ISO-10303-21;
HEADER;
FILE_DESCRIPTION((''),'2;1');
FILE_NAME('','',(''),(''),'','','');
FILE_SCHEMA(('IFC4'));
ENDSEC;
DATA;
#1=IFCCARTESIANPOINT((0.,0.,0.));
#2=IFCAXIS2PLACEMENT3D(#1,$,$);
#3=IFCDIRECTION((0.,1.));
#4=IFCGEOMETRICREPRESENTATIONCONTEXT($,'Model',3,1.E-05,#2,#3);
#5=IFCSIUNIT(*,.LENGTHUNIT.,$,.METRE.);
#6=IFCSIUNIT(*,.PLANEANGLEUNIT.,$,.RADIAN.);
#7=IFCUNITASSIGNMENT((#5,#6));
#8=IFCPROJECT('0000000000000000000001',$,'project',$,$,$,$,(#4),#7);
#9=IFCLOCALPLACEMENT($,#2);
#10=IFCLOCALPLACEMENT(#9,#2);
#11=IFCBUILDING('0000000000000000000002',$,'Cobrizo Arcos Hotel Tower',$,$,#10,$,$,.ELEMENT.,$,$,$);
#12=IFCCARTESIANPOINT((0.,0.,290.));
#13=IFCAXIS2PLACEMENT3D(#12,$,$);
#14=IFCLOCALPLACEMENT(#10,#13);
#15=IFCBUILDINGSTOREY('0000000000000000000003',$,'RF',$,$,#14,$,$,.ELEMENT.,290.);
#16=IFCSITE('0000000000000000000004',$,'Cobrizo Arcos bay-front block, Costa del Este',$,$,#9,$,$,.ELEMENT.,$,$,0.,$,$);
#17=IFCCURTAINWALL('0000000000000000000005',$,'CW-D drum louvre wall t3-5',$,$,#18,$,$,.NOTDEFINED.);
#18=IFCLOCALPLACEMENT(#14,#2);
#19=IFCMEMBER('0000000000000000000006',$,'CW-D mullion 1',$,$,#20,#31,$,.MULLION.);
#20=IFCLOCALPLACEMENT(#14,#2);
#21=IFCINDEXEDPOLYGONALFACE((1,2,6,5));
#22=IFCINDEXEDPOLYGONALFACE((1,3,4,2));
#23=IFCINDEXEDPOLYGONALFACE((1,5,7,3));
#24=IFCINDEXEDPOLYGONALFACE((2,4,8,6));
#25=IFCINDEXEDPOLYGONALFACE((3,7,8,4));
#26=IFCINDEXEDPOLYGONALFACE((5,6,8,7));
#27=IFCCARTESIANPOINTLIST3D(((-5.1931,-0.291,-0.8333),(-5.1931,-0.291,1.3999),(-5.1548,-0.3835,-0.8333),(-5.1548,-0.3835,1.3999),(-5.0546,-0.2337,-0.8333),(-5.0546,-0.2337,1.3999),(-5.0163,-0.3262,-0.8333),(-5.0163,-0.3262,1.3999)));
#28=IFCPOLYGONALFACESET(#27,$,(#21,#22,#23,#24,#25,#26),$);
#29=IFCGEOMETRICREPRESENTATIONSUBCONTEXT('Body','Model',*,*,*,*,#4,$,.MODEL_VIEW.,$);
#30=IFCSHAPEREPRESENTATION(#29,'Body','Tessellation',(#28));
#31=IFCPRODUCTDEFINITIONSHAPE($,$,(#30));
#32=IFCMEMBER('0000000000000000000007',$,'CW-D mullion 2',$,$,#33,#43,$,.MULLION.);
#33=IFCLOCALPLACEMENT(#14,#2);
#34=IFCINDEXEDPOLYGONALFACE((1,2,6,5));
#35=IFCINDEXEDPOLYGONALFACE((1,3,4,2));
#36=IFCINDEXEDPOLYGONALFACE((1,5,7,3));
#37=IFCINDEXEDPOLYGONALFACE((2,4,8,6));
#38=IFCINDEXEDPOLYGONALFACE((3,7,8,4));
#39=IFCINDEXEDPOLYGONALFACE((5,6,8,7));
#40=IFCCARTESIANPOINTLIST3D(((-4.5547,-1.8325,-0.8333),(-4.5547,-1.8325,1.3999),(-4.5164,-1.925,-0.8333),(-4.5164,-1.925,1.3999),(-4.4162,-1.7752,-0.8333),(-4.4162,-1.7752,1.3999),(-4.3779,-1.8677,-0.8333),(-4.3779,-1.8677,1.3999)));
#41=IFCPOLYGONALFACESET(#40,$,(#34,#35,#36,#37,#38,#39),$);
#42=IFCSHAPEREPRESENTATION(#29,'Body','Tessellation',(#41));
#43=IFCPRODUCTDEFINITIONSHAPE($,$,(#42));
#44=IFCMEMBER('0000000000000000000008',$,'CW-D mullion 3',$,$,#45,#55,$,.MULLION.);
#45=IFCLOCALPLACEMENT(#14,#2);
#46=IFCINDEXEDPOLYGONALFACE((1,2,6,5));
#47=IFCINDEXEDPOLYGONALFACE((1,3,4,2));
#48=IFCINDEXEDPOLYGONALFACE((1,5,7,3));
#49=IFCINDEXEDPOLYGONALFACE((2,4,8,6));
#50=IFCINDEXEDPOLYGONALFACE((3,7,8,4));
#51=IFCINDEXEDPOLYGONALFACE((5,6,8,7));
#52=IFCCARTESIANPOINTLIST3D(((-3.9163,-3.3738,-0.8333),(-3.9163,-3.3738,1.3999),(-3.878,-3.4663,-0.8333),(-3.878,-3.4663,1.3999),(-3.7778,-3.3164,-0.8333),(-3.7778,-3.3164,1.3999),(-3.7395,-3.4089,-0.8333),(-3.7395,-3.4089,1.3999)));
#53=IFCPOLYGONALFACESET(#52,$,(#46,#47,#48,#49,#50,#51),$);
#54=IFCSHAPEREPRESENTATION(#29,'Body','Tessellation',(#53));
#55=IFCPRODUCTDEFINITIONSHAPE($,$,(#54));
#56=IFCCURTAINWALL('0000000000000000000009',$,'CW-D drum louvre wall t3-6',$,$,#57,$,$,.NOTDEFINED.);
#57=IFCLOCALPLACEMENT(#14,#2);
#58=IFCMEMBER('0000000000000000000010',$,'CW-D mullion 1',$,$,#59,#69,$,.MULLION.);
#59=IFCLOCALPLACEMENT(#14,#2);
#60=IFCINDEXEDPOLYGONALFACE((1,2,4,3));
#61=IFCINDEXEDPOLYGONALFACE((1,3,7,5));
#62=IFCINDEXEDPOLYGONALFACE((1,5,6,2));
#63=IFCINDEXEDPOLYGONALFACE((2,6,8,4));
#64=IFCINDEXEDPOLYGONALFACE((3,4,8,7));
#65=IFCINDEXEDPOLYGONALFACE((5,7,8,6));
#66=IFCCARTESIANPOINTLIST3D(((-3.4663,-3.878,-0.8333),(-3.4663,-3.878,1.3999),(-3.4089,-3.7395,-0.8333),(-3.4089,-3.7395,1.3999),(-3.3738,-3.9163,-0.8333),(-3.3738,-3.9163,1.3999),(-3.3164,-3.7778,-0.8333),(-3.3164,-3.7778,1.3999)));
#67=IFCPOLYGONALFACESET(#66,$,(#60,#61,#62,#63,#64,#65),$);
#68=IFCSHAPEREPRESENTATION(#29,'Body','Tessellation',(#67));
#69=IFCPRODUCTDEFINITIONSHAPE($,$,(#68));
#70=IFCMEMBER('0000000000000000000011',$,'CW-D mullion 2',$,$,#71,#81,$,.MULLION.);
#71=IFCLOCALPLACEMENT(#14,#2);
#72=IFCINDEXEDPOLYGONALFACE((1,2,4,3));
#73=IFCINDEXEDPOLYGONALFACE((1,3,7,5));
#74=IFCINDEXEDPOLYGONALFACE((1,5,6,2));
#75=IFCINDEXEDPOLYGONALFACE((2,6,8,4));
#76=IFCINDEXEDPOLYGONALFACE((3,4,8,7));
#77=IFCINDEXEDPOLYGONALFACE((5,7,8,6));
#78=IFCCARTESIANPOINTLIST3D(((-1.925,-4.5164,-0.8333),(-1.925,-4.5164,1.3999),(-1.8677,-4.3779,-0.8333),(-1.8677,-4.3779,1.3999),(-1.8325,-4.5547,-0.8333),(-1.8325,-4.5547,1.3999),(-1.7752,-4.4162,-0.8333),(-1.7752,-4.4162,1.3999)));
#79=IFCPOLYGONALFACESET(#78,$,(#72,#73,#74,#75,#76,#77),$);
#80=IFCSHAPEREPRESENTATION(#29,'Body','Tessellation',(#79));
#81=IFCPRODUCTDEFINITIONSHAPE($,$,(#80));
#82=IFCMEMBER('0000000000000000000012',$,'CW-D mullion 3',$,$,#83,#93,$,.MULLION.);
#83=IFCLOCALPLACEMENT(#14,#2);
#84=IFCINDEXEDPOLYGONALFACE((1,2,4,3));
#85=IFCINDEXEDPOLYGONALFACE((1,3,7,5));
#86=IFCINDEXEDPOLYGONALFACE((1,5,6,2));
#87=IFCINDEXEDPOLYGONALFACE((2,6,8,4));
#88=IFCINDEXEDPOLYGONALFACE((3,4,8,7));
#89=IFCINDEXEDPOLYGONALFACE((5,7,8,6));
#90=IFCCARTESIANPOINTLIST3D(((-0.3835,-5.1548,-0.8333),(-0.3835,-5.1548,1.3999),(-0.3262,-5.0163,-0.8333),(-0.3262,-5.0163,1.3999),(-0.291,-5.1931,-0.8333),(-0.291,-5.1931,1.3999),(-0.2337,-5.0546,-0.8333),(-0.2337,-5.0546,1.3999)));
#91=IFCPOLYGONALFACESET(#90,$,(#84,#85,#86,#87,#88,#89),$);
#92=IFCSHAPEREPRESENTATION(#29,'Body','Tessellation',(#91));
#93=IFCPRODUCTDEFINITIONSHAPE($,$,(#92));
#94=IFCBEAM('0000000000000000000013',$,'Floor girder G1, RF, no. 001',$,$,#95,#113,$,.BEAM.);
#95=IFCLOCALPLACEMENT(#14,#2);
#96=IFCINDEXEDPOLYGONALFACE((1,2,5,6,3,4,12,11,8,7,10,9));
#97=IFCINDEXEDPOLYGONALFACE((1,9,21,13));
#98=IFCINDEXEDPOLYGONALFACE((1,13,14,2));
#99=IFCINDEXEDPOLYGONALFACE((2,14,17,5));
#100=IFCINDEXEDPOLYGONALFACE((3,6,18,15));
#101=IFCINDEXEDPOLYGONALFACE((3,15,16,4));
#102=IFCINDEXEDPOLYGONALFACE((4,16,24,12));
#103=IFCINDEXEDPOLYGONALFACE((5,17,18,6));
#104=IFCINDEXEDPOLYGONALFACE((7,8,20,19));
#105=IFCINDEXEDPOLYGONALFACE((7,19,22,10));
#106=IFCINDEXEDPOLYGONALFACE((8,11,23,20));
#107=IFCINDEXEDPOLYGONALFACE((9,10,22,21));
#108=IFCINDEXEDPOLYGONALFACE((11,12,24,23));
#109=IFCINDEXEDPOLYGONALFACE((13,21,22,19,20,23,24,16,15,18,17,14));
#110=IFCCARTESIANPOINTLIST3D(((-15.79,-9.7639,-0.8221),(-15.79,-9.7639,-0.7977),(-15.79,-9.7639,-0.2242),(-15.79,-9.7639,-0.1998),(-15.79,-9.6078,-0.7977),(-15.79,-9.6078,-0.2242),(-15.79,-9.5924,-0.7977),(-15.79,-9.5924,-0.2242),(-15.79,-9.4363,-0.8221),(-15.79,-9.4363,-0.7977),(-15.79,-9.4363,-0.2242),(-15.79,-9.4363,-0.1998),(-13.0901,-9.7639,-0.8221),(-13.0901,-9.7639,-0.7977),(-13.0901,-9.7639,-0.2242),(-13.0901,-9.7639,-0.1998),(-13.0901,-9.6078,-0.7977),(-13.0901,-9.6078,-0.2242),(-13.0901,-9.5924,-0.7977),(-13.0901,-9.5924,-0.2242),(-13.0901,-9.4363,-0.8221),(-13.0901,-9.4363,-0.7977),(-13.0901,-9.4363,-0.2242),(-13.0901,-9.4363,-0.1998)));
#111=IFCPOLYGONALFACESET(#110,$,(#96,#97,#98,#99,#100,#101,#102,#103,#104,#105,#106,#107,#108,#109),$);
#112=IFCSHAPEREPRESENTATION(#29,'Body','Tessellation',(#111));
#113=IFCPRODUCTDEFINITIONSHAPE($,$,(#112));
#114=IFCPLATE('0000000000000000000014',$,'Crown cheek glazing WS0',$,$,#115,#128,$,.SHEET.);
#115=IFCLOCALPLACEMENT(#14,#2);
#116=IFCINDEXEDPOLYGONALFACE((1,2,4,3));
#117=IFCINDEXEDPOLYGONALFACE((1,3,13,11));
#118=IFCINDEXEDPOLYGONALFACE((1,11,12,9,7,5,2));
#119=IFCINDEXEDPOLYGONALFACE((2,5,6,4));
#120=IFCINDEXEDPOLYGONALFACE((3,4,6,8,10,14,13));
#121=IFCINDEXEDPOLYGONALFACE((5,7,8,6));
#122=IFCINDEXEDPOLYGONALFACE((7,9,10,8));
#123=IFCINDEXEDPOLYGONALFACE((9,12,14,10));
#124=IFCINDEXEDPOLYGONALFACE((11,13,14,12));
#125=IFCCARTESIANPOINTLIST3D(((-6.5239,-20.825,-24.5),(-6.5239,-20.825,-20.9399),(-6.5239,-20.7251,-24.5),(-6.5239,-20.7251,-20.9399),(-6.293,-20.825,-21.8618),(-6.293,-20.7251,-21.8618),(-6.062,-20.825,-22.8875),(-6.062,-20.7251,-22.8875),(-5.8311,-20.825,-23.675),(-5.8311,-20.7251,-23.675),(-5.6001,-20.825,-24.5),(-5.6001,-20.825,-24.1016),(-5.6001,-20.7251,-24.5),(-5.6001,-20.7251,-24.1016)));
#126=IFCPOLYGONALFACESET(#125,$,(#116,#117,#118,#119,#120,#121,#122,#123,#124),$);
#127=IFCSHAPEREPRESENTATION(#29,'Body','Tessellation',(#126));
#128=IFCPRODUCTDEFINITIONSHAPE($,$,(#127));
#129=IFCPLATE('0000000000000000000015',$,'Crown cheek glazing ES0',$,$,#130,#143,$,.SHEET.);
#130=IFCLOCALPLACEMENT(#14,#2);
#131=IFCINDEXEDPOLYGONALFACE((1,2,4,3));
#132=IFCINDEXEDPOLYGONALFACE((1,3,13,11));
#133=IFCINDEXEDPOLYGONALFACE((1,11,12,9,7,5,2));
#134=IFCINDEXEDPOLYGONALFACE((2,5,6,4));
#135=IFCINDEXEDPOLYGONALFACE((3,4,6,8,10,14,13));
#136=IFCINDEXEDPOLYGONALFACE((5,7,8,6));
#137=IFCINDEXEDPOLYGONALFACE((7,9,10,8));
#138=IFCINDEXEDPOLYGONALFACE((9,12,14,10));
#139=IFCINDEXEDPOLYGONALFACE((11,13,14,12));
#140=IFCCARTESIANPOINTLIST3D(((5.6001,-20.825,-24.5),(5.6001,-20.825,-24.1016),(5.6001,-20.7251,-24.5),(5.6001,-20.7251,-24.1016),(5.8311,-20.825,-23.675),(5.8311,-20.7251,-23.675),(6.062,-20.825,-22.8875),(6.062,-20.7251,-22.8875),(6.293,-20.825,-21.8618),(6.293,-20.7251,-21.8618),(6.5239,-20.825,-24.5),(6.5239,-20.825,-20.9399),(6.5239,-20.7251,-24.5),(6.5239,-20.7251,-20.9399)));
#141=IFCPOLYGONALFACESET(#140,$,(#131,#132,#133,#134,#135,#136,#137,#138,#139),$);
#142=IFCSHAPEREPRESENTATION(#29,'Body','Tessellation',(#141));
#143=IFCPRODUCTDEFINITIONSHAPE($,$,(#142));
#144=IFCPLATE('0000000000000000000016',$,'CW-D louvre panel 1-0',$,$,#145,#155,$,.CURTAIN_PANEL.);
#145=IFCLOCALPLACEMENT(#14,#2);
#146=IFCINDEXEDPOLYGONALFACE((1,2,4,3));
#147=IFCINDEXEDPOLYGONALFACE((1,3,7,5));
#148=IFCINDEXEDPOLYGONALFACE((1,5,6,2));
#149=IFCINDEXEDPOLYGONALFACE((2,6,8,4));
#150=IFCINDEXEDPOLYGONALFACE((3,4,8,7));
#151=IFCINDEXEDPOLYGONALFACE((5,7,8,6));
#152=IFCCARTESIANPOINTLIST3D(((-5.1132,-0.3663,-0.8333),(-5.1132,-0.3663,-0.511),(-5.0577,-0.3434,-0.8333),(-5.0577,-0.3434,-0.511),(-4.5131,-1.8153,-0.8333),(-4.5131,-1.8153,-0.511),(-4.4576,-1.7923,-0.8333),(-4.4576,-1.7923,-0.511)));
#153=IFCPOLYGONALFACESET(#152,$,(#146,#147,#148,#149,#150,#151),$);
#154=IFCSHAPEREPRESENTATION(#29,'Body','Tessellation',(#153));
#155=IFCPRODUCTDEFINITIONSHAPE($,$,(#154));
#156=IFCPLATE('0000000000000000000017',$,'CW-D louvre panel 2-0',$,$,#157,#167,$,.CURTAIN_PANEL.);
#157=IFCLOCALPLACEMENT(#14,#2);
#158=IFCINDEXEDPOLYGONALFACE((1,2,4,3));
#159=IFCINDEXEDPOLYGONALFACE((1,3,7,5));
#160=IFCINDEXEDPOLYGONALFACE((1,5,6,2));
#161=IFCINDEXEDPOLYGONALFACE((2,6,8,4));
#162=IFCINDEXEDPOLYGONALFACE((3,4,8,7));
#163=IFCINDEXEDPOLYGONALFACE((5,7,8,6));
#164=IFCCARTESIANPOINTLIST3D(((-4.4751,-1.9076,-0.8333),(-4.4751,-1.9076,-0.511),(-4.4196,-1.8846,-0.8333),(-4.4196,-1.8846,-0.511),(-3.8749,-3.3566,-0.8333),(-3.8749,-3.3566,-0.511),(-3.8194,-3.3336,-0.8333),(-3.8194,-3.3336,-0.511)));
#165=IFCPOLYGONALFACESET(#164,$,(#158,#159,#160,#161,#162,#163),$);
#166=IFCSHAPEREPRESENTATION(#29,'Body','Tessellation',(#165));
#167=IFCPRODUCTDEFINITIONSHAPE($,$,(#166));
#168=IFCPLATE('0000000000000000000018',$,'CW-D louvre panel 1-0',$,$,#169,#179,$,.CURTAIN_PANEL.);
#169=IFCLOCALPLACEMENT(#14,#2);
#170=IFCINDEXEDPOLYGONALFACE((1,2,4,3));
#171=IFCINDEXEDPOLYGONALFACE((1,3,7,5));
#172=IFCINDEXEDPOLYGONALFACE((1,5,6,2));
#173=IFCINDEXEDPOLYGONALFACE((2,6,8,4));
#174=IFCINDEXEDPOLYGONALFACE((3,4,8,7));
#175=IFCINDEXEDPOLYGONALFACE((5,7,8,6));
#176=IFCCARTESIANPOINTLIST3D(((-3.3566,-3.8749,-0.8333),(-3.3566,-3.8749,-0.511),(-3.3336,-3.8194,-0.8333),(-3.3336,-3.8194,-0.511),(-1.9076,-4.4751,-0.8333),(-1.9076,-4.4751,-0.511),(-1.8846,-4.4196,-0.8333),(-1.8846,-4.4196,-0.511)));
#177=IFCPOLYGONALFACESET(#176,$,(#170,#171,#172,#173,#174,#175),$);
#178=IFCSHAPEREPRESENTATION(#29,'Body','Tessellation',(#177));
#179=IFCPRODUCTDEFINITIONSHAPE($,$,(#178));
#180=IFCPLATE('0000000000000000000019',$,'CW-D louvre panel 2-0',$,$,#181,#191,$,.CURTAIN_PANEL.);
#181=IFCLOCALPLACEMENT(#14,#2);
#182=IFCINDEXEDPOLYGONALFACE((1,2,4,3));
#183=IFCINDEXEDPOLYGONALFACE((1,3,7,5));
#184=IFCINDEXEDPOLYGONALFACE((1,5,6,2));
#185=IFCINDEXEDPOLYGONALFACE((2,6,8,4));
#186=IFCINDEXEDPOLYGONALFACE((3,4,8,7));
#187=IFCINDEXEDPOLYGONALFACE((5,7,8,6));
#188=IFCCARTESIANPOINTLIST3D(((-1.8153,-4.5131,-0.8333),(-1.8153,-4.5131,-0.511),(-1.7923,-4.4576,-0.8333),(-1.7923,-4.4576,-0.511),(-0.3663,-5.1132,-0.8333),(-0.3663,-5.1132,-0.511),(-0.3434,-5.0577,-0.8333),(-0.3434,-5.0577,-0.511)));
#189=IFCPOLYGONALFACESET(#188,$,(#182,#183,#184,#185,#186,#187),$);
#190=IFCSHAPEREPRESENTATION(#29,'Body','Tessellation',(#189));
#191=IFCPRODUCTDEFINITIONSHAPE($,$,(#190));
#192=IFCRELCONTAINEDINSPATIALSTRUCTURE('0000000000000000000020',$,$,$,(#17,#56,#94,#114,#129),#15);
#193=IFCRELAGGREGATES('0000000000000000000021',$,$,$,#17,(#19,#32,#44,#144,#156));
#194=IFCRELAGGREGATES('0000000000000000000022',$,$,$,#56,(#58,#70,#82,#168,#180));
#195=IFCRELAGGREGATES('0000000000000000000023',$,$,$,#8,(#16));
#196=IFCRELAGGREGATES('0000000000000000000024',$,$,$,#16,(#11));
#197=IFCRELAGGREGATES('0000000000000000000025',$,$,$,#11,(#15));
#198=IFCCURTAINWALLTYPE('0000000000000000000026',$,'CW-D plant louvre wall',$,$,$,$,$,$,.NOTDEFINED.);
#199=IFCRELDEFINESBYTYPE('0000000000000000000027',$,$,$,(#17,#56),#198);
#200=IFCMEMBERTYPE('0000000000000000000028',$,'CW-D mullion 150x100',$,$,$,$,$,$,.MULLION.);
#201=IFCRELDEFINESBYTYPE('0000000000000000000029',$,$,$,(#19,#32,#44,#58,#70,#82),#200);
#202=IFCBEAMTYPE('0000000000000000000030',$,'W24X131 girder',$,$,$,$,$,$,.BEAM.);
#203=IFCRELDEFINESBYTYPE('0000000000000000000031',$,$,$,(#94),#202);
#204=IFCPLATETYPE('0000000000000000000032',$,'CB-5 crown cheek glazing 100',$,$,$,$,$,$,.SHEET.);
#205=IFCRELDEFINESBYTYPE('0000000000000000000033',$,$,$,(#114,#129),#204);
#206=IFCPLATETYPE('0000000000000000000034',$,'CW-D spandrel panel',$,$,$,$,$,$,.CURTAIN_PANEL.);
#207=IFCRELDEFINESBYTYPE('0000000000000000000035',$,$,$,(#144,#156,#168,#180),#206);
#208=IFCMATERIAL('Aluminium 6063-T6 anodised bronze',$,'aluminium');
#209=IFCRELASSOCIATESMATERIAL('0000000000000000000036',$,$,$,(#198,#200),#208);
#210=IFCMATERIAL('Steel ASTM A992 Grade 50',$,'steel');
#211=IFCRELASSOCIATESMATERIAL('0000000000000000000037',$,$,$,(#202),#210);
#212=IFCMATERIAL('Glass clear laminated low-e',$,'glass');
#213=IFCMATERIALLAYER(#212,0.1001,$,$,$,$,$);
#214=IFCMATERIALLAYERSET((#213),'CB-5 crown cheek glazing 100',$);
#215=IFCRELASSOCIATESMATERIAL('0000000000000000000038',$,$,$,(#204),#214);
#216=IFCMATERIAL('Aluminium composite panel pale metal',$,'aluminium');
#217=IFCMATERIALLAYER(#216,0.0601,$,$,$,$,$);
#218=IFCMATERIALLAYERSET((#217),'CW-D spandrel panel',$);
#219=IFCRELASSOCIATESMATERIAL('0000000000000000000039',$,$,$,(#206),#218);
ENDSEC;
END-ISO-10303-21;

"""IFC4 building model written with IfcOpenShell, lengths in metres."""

from ifc_helpers import new_model, si_unit, direction, frame, origin, origin_2d, place, context, subcontext, project, spatial, polyline, rectangle, i_section, outline, extrude, material, layer, layer_set, material_profile, profile_set, type_object, element, aggregate, save


model = new_model("IFC4")

# Units and contexts
model_context = context("Model", 3, precision=1e-05, world=origin(), true_north=direction((0.0, 1.0)))
body_context = subcontext(model_context, "Body", "Model", "MODEL_VIEW")
ifc_project = project(units=[si_unit("LENGTHUNIT", "METRE"), si_unit("PLANEANGLEUNIT", "RADIAN")], contexts=[model_context])

# Site, building, storey
site_placement = place(None, origin())
site = spatial("IfcSite", under=ifc_project, at=site_placement, Name="Cobrizo Arcos bay-front block, Costa del Este", CompositionType="ELEMENT", RefElevation=0.0)
building_placement = place(site_placement, origin())
building = spatial("IfcBuilding", under=site, at=building_placement, Name="Cobrizo Arcos Hotel Tower", CompositionType="ELEMENT")
storey_placement = place(building_placement, frame((0.0, 0.0, 290.0)))
storey = spatial("IfcBuildingStorey", under=building, at=storey_placement, Name="RF", CompositionType="ELEMENT", Elevation=290.0)

# Curtain walls, members
ifc_material_1 = material(Name="Aluminium 6063-T6 anodised bronze", Category="aluminium")
curtain_wall_type = type_object("IfcCurtainWallType", Name="CW-D plant louvre wall", PredefinedType="NOTDEFINED", material=ifc_material_1)
curtain_wall_1_placement = place(storey_placement, origin())
curtain_wall_1 = element("IfcCurtainWall", 1, at=curtain_wall_1_placement, inside=storey, type_object=curtain_wall_type, Name="CW-D drum louvre wall t3-5", PredefinedType="NOTDEFINED")
ifc_material_profile_1 = material_profile(ifc_material_1, rectangle(XDim=0.1499, YDim=0.1001, at=origin_2d()), Name="CW-D mullion 150x100")
ifc_profile_set_1 = profile_set([ifc_material_profile_1], Name="Aluminium 6063-T6 anodised bronze")
member_type = type_object("IfcMemberType", Name="CW-D mullion 150x100", PredefinedType="MULLION", material=ifc_profile_set_1)
member_1_placement = place(storey_placement, frame((-5.1047, -0.3086, -0.8333), z_axis=(0.0, 0.0, 1.0), x_axis=(-0.92388, -0.382683, 0.0)))
member_1 = element("IfcMember", 2, at=member_1_placement, type_object=member_type, Name="CW-D mullion 1", PredefinedType="MULLION", context=body_context, shape_type="SweptSolid", body=[
    extrude(rectangle(XDim=0.1499, YDim=0.1001, at=origin_2d()), origin(), (0.0, 0.0, 1.0), 2.2332),
])
member_2_placement = place(storey_placement, frame((-4.4663, -1.8501, -0.8333), z_axis=(0.0, 0.0, 1.0), x_axis=(-0.92388, -0.382683, 0.0)))
member_2 = element("IfcMember", 3, at=member_2_placement, type_object=member_type, Name="CW-D mullion 2", PredefinedType="MULLION", context=body_context, shape_type="SweptSolid", body=[
    extrude(rectangle(XDim=0.1499, YDim=0.1001, at=origin_2d()), origin(), (0.0, 0.0, 1.0), 2.2332),
])
member_3_placement = place(storey_placement, frame((-3.8279, -3.3914, -0.8333), z_axis=(0.0, 0.0, 1.0), x_axis=(-0.92388, -0.382683, 0.0)))
member_3 = element("IfcMember", 4, at=member_3_placement, type_object=member_type, Name="CW-D mullion 3", PredefinedType="MULLION", context=body_context, shape_type="SweptSolid", body=[
    extrude(rectangle(XDim=0.1499, YDim=0.1001, at=origin_2d()), origin(), (0.0, 0.0, 1.0), 2.2332),
])
curtain_wall_2_placement = place(storey_placement, origin())
curtain_wall_2 = element("IfcCurtainWall", 5, at=curtain_wall_2_placement, inside=storey, type_object=curtain_wall_type, Name="CW-D drum louvre wall t3-6", PredefinedType="NOTDEFINED")
member_4_placement = place(storey_placement, frame((-3.3914, -3.8279, -0.8333), z_axis=(0.0, 0.0, 1.0), x_axis=(-0.382683, -0.92388, 0.0)))
member_4 = element("IfcMember", 6, at=member_4_placement, type_object=member_type, Name="CW-D mullion 1", PredefinedType="MULLION", context=body_context, shape_type="SweptSolid", body=[
    extrude(rectangle(XDim=0.1499, YDim=0.1001, at=origin_2d()), origin(), (0.0, 0.0, 1.0), 2.2332),
])
member_5_placement = place(storey_placement, frame((-1.8501, -4.4663, -0.8333), z_axis=(0.0, 0.0, 1.0), x_axis=(-0.382683, -0.92388, 0.0)))
member_5 = element("IfcMember", 7, at=member_5_placement, type_object=member_type, Name="CW-D mullion 2", PredefinedType="MULLION", context=body_context, shape_type="SweptSolid", body=[
    extrude(rectangle(XDim=0.1499, YDim=0.1001, at=origin_2d()), origin(), (0.0, 0.0, 1.0), 2.2332),
])
member_6_placement = place(storey_placement, frame((-0.3086, -5.1047, -0.8333), z_axis=(0.0, 0.0, 1.0), x_axis=(-0.382683, -0.92388, 0.0)))
member_6 = element("IfcMember", 8, at=member_6_placement, type_object=member_type, Name="CW-D mullion 3", PredefinedType="MULLION", context=body_context, shape_type="SweptSolid", body=[
    extrude(rectangle(XDim=0.1499, YDim=0.1001, at=origin_2d()), origin(), (0.0, 0.0, 1.0), 2.2332),
])

# Beam
ifc_material_2 = material(Name="Steel ASTM A992 Grade 50", Category="steel")
ifc_material_profile_2 = material_profile(ifc_material_2, i_section(OverallWidth=0.3276, OverallDepth=0.6223, WebThickness=0.0154, FlangeThickness=0.0244, at=origin_2d()), Name="W24X131")
ifc_profile_set_2 = profile_set([ifc_material_profile_2], Name="Steel ASTM A992 Grade 50")
beam_type = type_object("IfcBeamType", Name="W24X131 girder", PredefinedType="BEAM", material=ifc_profile_set_2)
beam_placement = place(storey_placement, frame((-15.79, -9.6001, -0.511), z_axis=(1.0, 0.0, 0.0), x_axis=(0.0, 1.0, 0.0)))
element("IfcBeam", 9, at=beam_placement, inside=storey, type_object=beam_type, Name="Floor girder G1, RF, no. 001", PredefinedType="BEAM", context=body_context, shape_type="SweptSolid", body=[
    extrude(i_section(OverallWidth=0.3276, OverallDepth=0.6223, WebThickness=0.0154, FlangeThickness=0.0244, at=origin_2d()), origin(), (0.0, 0.0, 1.0), 2.7),
])

# Plates
ifc_material_3 = material(Name="Glass clear laminated low-e", Category="glass")
ifc_layer_1 = layer(ifc_material_3, 0.1001)
ifc_layer_set_1 = layer_set([ifc_layer_1], Name="CB-5 crown cheek glazing 100")
plate_type_1 = type_object("IfcPlateType", Name="CB-5 crown cheek glazing 100", PredefinedType="SHEET", material=ifc_layer_set_1)
plate_1_placement = place(storey_placement, frame((0.0, -20.825, -24.5), z_axis=(0.0, 1.0, 0.0), x_axis=(-1.0, 0.0, 0.0)))
element("IfcPlate", 10, at=plate_1_placement, inside=storey, type_object=plate_type_1, Name="Crown cheek glazing WS0", PredefinedType="SHEET", context=body_context, shape_type="SweptSolid", body=[
    extrude(outline(polyline([(6.5239, 0.0), (6.5239, 3.5601), (6.293, 2.6382), (6.062, 1.6125), (5.8311, 0.825), (5.6001, 0.3984), (5.6001, 0.0), (6.5239, 0.0)])), origin(), (0.0, 0.0, 1.0), 0.0999),
])
plate_2_placement = place(storey_placement, frame((0.0, -20.825, -24.5), z_axis=(0.0, 1.0, 0.0), x_axis=(-1.0, 0.0, 0.0)))
element("IfcPlate", 11, at=plate_2_placement, inside=storey, type_object=plate_type_1, Name="Crown cheek glazing ES0", PredefinedType="SHEET", context=body_context, shape_type="SweptSolid", body=[
    extrude(outline(polyline([(-5.6001, 0.0), (-5.6001, 0.3984), (-5.8311, 0.825), (-6.062, 1.6125), (-6.293, 2.6382), (-6.5239, 3.5601), (-6.5239, 0.0), (-5.6001, 0.0)])), origin(), (0.0, 0.0, 1.0), 0.0999),
])

# Plates
ifc_material_4 = material(Name="Aluminium composite panel pale metal", Category="aluminium")
ifc_layer_2 = layer(ifc_material_4, 0.0601)
ifc_layer_set_2 = layer_set([ifc_layer_2], Name="CW-D spandrel panel")
plate_type_2 = type_object("IfcPlateType", Name="CW-D spandrel panel", PredefinedType="CURTAIN_PANEL", material=ifc_layer_set_2)
plate_3_placement = place(storey_placement, frame((-4.7854, -1.0793, -0.8333), z_axis=(0.0, 0.0, 1.0), x_axis=(0.382683, -0.92388, 0.0)))
plate_3 = element("IfcPlate", 12, at=plate_3_placement, type_object=plate_type_2, Name="CW-D louvre panel 1-0", PredefinedType="CURTAIN_PANEL", context=body_context, shape_type="SweptSolid", body=[
    extrude(rectangle(XDim=1.5684, YDim=0.0601, at=origin_2d()), origin(), (0.0, 0.0, 1.0), 0.3223),
])
plate_4_placement = place(storey_placement, frame((-4.1472, -2.6206, -0.8333), z_axis=(0.0, 0.0, 1.0), x_axis=(0.382683, -0.92388, 0.0)))
plate_4 = element("IfcPlate", 13, at=plate_4_placement, type_object=plate_type_2, Name="CW-D louvre panel 2-0", PredefinedType="CURTAIN_PANEL", context=body_context, shape_type="SweptSolid", body=[
    extrude(rectangle(XDim=1.5684, YDim=0.0601, at=origin_2d()), origin(), (0.0, 0.0, 1.0), 0.3223),
])
aggregate(curtain_wall_1, [member_1, member_2, member_3, plate_3, plate_4])
plate_5_placement = place(storey_placement, frame((-2.6206, -4.1472, -0.8333), z_axis=(0.0, 0.0, 1.0), x_axis=(0.92388, -0.382683, 0.0)))
plate_5 = element("IfcPlate", 14, at=plate_5_placement, type_object=plate_type_2, Name="CW-D louvre panel 1-0", PredefinedType="CURTAIN_PANEL", context=body_context, shape_type="SweptSolid", body=[
    extrude(rectangle(XDim=1.5684, YDim=0.0601, at=origin_2d()), origin(), (0.0, 0.0, 1.0), 0.3223),
])
plate_6_placement = place(storey_placement, frame((-1.0793, -4.7854, -0.8333), z_axis=(0.0, 0.0, 1.0), x_axis=(0.92388, -0.382683, 0.0)))
plate_6 = element("IfcPlate", 15, at=plate_6_placement, type_object=plate_type_2, Name="CW-D louvre panel 2-0", PredefinedType="CURTAIN_PANEL", context=body_context, shape_type="SweptSolid", body=[
    extrude(rectangle(XDim=1.5684, YDim=0.0601, at=origin_2d()), origin(), (0.0, 0.0, 1.0), 0.3223),
])
aggregate(curtain_wall_2, [member_4, member_5, member_6, plate_5, plate_6])

save(model, "model.ifc")
